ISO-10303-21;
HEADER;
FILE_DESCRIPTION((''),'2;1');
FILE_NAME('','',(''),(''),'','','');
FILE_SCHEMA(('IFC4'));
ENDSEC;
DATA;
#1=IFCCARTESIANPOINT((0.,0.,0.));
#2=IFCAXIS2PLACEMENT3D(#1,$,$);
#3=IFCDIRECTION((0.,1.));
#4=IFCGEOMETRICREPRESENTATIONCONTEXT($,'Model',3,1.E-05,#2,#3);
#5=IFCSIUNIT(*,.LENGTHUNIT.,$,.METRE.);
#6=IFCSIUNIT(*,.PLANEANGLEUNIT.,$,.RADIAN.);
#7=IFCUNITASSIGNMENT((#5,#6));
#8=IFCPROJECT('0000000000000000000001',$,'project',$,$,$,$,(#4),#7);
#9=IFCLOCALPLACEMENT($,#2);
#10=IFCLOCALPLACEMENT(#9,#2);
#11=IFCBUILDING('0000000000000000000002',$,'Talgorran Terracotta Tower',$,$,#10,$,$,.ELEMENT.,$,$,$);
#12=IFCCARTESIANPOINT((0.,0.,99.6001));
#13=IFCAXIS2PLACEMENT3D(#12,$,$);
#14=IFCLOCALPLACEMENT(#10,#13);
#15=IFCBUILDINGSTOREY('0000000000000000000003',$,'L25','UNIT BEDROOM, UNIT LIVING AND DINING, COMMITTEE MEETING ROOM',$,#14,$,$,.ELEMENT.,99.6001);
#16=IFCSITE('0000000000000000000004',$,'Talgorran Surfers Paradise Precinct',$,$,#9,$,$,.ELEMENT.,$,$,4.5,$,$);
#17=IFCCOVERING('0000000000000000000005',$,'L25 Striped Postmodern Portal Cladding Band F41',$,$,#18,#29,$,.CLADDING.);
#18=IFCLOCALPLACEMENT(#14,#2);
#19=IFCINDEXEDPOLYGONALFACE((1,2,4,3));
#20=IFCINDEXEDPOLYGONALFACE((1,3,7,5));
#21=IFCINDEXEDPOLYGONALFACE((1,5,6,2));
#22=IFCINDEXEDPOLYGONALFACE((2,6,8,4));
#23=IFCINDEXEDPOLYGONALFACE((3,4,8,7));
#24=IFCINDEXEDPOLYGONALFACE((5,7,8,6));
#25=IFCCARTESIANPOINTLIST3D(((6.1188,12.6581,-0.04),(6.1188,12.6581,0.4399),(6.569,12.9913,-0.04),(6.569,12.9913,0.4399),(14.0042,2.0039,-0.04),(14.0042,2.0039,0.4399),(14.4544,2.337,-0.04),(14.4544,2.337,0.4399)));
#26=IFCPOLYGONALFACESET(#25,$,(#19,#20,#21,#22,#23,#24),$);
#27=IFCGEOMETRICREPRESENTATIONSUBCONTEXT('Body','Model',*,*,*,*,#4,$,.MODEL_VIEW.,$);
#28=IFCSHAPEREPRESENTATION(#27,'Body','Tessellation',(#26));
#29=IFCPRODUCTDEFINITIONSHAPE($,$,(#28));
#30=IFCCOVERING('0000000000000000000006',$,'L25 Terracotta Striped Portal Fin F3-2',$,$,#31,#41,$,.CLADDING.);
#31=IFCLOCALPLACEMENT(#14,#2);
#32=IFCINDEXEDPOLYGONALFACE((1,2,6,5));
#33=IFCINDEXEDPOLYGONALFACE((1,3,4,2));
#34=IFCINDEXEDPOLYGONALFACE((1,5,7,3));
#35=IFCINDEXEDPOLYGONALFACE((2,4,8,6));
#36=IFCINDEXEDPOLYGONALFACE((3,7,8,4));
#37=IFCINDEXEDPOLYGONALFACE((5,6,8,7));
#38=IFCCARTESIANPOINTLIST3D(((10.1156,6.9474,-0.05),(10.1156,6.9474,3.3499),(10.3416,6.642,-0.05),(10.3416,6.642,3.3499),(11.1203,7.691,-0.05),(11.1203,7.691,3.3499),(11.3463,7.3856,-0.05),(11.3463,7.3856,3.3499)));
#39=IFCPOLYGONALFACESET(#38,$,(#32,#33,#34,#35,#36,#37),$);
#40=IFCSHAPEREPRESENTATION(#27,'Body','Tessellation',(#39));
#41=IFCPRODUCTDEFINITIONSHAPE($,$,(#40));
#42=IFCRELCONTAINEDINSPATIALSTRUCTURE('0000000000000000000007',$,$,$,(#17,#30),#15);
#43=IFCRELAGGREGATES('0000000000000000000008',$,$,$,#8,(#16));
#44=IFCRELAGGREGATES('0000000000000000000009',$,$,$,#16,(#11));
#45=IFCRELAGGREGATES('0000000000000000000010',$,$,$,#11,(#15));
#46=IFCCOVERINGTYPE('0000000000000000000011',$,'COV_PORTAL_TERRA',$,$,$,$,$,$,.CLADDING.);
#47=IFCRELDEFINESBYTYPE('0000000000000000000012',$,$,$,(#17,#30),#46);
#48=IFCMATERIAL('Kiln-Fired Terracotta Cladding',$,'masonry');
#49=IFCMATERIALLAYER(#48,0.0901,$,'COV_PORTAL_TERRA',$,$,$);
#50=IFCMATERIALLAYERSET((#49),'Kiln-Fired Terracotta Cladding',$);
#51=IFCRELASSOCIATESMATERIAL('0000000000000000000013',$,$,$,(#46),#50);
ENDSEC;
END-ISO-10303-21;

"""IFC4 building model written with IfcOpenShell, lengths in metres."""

from ifc_helpers import new_model, si_unit, direction, frame, origin, origin_2d, place, context, subcontext, project, spatial, rectangle, extrude, material, layer, layer_set, type_object, element, save


model = new_model("IFC4")

# Units and contexts
model_context = context("Model", 3, precision=1e-05, world=origin(), true_north=direction((0.0, 1.0)))
body_context = subcontext(model_context, "Body", "Model", "MODEL_VIEW")
ifc_project = project(units=[si_unit("LENGTHUNIT", "METRE"), si_unit("PLANEANGLEUNIT", "RADIAN")], contexts=[model_context])

# Site, building, storey
site_placement = place(None, origin())
site = spatial("IfcSite", under=ifc_project, at=site_placement, Name="Talgorran Surfers Paradise Precinct", CompositionType="ELEMENT", RefElevation=4.5)
building_placement = place(site_placement, origin())
building = spatial("IfcBuilding", under=site, at=building_placement, Name="Talgorran Terracotta Tower", CompositionType="ELEMENT")
storey_placement = place(building_placement, frame((0.0, 0.0, 99.6001)))
storey = spatial("IfcBuildingStorey", under=building, at=storey_placement, Name="L25", Description="UNIT BEDROOM, UNIT LIVING AND DINING, COMMITTEE MEETING ROOM", CompositionType="ELEMENT", Elevation=99.6001)

# Coverings
ifc_material_1 = material(Name="Kiln-Fired Terracotta Cladding", Category="masonry")
ifc_layer_1 = layer(ifc_material_1, 0.0901, Name="COV_PORTAL_TERRA")
ifc_layer_set_1 = layer_set([ifc_layer_1], Name="Kiln-Fired Terracotta Cladding")
covering_type_1 = type_object("IfcCoveringType", Name="COV_PORTAL_TERRA", PredefinedType="CLADDING", material=ifc_layer_set_1)
covering_1_placement = place(storey_placement, frame((10.2866, 7.4976, -0.04), z_axis=(0.0, 0.0, 1.0), x_axis=(-0.594907, 0.803795, 0.0)))
element("IfcCovering", 1, at=covering_1_placement, inside=storey, type_object=covering_type_1, Name="L25 Striped Postmodern Portal Cladding Band F41", PredefinedType="CLADDING", context=body_context, shape_type="SweptSolid", body=[
    extrude(rectangle(XDim=13.2549, YDim=0.5601, at=origin_2d()), origin(), (0.0, 0.0, 1.0), 0.48),
])
covering_2_placement = place(storey_placement, frame((10.731, 7.1665, -0.05), z_axis=(0.0, 0.0, 1.0), x_axis=(-0.594907, 0.803795, 0.0)))
element("IfcCovering", 2, at=covering_2_placement, inside=storey, type_object=covering_type_1, Name="L25 Terracotta Striped Portal Fin F3-2", PredefinedType="CLADDING", context=body_context, shape_type="SweptSolid", body=[
    extrude(rectangle(XDim=0.3799, YDim=1.25, at=origin_2d()), origin(), (0.0, 0.0, 1.0), 3.3999),
])

save(model, "model.ifc")
